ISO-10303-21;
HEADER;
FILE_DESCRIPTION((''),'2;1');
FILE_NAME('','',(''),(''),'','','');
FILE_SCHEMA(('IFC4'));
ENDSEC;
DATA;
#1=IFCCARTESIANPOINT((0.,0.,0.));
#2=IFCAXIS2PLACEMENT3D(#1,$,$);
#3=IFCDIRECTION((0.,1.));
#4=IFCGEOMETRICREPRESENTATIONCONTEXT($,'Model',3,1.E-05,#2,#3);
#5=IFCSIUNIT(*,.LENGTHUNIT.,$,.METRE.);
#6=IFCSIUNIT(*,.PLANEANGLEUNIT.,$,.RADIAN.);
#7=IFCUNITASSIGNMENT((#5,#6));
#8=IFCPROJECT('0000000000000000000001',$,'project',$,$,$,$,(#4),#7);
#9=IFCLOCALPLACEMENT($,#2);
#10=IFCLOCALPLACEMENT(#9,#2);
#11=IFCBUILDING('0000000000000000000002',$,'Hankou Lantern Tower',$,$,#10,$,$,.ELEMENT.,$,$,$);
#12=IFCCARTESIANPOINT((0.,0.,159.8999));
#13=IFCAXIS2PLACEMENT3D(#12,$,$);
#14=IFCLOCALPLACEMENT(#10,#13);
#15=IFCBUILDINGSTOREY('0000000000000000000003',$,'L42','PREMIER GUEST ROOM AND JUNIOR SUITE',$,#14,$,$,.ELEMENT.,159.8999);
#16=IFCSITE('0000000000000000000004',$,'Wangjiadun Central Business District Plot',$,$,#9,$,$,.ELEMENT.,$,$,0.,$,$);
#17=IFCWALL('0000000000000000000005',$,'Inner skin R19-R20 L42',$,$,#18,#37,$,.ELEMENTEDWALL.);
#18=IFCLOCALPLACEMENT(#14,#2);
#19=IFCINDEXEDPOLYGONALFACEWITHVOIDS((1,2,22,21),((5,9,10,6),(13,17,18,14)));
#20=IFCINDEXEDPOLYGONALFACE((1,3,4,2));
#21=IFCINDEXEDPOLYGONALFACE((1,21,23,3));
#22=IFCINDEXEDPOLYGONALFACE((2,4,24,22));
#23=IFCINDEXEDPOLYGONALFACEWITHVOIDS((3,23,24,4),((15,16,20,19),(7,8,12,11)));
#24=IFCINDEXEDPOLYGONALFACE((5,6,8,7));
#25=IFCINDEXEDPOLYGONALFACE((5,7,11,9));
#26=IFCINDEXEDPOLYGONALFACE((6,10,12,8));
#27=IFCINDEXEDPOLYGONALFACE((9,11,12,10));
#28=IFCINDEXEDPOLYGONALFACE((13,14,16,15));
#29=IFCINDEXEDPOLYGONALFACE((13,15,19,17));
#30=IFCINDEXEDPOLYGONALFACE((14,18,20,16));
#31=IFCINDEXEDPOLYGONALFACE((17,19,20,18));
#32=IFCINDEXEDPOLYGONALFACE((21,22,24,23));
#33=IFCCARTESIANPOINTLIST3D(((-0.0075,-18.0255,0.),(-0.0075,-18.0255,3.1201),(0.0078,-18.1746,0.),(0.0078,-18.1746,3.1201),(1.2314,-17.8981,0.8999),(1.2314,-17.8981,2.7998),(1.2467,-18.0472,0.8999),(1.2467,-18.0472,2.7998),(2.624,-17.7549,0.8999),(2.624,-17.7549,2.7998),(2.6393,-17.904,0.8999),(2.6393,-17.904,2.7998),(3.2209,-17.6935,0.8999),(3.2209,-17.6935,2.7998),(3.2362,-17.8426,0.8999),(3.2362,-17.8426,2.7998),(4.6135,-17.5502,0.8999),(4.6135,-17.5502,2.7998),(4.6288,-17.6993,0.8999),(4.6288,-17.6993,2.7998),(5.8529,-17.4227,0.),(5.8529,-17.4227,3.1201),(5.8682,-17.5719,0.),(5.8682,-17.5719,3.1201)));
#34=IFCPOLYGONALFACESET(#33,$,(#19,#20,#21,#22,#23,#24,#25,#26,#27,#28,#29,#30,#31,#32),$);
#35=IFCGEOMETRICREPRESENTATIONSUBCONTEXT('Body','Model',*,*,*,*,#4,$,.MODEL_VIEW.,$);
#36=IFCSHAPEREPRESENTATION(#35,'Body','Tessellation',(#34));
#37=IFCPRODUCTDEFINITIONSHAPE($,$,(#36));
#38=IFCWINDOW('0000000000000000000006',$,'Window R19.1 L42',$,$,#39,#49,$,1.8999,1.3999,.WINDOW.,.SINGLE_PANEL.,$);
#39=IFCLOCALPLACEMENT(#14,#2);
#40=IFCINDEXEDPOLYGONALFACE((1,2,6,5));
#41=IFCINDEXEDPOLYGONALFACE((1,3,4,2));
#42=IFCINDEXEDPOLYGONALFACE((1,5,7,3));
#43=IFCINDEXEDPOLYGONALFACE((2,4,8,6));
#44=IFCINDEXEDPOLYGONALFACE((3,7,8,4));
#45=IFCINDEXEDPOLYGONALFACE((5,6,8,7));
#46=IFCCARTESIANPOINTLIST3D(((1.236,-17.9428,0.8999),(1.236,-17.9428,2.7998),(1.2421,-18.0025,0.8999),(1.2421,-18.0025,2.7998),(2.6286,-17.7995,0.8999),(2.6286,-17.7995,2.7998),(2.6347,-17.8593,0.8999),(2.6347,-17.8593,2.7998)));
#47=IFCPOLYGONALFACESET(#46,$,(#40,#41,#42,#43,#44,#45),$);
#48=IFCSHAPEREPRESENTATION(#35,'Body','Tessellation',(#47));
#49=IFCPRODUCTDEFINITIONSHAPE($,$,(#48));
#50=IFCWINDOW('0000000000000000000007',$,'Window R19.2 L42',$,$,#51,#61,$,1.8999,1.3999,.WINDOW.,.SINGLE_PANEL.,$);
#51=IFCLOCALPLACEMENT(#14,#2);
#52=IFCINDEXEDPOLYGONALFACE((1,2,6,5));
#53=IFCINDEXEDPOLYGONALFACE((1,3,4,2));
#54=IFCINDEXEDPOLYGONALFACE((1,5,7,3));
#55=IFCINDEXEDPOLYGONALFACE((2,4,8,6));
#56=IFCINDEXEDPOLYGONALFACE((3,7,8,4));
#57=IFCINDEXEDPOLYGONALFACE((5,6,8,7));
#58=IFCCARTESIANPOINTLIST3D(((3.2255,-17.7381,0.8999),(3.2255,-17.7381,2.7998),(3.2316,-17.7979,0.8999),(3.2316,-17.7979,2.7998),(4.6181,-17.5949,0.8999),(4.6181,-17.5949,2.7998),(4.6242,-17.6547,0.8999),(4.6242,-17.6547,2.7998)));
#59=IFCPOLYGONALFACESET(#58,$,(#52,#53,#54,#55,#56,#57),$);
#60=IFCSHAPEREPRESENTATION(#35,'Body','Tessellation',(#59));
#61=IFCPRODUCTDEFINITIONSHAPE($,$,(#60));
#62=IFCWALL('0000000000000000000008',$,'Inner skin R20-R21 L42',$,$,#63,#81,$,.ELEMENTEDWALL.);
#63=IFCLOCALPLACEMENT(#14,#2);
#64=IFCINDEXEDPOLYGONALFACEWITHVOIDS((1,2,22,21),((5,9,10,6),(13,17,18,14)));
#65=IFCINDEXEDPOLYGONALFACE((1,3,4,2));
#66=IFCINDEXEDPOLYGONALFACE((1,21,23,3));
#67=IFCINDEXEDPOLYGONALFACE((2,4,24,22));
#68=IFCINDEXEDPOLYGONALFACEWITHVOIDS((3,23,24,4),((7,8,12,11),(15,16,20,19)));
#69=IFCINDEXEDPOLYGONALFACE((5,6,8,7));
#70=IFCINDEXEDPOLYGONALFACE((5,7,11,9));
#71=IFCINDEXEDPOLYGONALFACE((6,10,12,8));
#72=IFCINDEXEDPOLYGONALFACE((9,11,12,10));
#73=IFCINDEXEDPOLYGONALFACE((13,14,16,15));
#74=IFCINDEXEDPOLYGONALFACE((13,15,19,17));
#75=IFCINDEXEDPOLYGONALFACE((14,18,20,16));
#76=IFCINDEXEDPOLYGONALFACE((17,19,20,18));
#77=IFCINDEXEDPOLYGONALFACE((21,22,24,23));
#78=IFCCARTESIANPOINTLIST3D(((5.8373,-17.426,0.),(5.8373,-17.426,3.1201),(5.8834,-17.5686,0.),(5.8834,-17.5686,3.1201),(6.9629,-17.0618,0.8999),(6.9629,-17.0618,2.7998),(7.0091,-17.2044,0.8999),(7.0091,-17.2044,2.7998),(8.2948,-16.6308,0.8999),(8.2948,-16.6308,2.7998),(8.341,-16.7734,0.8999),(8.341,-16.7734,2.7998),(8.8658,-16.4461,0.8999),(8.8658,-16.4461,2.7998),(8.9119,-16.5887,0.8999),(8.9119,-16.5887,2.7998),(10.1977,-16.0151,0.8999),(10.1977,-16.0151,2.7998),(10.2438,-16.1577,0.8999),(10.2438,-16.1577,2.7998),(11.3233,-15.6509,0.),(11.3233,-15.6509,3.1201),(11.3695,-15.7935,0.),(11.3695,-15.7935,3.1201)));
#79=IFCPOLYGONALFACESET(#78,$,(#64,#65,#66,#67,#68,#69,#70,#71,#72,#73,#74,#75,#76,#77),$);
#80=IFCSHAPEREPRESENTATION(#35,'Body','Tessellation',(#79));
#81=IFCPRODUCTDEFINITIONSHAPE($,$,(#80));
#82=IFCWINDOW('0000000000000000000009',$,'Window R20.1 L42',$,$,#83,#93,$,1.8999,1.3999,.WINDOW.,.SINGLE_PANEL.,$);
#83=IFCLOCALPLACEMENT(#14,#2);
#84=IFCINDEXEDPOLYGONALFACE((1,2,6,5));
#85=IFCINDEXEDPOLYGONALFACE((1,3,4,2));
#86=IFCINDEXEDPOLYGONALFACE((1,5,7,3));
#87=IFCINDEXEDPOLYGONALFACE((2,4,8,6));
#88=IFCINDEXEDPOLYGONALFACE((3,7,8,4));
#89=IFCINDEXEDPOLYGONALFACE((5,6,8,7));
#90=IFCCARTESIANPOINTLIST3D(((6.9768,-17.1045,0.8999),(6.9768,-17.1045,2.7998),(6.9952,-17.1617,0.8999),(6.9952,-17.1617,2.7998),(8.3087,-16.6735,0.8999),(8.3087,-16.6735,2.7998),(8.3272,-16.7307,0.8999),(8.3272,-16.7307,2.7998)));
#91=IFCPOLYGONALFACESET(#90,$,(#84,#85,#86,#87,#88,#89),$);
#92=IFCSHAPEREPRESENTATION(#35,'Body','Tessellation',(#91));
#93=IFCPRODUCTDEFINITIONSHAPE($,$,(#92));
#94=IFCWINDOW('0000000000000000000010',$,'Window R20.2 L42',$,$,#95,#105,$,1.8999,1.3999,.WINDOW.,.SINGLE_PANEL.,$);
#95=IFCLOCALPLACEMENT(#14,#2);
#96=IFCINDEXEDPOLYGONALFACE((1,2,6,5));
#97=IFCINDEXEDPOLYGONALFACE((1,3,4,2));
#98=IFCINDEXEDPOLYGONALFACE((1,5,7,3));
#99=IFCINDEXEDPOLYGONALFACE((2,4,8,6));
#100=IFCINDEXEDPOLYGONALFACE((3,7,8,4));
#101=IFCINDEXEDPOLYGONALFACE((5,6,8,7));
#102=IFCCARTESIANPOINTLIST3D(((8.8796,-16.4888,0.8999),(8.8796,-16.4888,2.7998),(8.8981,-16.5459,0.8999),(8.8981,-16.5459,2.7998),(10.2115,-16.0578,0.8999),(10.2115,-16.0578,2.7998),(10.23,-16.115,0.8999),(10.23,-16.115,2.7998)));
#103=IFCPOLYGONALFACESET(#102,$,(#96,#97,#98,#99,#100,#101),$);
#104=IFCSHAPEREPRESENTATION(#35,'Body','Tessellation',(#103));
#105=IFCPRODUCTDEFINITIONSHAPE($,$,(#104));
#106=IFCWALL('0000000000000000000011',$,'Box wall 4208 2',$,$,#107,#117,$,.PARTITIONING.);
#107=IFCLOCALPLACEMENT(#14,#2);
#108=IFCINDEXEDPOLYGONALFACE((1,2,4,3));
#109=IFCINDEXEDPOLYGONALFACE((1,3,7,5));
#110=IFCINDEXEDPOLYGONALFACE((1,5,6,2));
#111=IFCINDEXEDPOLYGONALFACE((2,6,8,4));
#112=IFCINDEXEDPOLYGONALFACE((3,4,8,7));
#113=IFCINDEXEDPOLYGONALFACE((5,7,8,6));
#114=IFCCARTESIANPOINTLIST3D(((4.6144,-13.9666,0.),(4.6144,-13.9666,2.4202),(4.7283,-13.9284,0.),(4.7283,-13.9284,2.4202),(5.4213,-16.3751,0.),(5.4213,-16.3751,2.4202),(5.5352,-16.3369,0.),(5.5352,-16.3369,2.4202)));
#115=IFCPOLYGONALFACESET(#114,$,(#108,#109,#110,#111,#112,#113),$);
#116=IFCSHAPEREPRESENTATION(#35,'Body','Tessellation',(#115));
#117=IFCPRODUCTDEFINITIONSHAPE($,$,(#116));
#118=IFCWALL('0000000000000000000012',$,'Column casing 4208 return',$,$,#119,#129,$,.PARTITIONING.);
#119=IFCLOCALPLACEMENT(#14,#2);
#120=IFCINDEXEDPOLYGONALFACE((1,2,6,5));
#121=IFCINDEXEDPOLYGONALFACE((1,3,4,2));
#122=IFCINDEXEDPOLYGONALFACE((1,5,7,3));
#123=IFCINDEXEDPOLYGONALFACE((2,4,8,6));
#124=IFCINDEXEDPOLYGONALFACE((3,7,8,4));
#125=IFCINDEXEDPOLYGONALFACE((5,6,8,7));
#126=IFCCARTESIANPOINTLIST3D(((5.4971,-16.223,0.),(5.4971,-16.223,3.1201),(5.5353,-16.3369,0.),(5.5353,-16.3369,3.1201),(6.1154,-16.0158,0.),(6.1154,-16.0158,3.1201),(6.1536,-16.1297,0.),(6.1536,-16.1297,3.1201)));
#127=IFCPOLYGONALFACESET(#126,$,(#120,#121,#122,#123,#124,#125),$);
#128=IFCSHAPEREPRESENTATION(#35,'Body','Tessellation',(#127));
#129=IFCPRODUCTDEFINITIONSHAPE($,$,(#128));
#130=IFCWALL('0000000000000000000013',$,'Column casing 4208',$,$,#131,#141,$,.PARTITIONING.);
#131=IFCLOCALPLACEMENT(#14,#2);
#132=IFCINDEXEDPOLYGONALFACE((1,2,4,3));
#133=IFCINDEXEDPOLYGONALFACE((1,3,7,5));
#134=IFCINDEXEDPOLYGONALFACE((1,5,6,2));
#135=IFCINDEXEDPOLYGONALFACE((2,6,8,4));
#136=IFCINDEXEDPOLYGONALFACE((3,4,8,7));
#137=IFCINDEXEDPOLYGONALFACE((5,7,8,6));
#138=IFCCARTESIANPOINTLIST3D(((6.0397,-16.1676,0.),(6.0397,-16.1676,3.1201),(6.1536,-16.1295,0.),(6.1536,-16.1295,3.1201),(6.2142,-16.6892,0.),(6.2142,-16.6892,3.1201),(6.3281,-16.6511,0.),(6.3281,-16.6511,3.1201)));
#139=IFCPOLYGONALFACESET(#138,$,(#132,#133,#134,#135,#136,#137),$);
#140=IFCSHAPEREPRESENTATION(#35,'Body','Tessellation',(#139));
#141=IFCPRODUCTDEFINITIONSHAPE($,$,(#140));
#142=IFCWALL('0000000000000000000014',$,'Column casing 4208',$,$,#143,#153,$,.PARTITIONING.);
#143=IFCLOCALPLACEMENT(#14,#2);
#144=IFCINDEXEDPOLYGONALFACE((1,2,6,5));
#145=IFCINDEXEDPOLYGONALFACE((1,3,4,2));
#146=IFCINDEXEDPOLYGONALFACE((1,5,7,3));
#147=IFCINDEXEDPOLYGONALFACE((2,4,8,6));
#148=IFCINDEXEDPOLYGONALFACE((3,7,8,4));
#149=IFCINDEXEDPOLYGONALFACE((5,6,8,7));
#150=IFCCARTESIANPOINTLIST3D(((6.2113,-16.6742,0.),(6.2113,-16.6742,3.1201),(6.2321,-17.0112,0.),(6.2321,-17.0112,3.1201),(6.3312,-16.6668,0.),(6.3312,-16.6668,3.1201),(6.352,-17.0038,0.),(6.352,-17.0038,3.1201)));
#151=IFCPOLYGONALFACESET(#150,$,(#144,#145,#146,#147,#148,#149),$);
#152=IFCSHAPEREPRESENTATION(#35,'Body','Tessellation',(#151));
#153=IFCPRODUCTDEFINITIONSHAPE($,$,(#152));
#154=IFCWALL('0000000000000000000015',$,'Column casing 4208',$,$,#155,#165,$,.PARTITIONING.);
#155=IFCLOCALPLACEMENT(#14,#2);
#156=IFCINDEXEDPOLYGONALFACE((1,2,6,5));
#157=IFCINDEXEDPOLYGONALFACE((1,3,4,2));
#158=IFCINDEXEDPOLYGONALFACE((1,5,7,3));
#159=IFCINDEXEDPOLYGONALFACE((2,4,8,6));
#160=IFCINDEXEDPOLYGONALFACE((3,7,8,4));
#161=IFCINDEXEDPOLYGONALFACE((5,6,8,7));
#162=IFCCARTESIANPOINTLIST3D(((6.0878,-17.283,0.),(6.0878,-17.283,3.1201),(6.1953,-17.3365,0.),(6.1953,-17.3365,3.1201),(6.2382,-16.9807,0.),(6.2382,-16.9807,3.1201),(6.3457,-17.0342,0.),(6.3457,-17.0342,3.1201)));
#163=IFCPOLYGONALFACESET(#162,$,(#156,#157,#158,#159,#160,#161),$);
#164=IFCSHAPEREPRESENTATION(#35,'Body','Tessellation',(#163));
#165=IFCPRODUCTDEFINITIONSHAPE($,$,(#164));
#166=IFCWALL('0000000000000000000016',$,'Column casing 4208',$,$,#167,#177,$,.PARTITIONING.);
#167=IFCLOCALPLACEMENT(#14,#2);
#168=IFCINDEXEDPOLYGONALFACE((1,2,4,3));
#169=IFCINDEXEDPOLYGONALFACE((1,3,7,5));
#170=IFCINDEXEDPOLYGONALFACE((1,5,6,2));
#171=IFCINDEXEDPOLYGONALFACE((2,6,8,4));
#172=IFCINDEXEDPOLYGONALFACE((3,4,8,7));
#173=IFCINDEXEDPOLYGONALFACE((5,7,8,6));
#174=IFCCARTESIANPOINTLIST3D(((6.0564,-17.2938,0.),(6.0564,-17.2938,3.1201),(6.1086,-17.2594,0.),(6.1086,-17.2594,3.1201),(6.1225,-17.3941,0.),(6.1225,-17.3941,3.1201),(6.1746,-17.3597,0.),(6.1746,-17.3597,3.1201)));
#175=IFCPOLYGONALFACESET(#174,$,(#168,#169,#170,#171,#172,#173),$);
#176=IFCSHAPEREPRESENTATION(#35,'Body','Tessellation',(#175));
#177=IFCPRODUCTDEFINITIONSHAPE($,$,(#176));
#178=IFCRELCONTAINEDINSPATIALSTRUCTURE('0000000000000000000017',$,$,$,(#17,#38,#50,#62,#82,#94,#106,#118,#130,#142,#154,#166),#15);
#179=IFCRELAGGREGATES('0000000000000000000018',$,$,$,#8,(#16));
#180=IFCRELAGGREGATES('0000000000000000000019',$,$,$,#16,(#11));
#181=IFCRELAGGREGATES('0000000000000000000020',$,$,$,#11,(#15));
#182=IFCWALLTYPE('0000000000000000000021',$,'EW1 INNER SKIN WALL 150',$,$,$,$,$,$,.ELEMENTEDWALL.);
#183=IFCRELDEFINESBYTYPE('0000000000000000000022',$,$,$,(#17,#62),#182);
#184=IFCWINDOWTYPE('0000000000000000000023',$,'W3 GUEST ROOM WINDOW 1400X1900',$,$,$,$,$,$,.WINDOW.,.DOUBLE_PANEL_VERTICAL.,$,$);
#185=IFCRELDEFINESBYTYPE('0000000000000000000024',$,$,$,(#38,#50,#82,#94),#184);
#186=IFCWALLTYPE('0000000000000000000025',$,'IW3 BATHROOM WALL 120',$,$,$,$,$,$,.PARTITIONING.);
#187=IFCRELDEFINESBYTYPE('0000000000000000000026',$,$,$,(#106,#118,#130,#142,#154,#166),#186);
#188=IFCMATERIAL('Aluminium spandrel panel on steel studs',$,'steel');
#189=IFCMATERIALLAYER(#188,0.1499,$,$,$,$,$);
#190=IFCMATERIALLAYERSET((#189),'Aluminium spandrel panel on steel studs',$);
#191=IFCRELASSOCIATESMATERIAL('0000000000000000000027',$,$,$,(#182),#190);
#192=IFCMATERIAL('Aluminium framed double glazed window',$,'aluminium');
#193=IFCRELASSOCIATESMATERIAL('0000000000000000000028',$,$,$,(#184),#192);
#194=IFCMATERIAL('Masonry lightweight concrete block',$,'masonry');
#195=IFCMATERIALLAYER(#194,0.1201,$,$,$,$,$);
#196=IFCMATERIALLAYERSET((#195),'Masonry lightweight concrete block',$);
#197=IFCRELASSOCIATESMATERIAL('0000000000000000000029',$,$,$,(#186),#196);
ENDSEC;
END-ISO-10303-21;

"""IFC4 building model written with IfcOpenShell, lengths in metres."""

from ifc_helpers import new_model, si_unit, direction, frame, frame_2d, origin, place, context, subcontext, project, spatial, rectangle, extrude, material, layer, layer_set, type_object, element, fill, save


model = new_model("IFC4")

# Units and contexts
model_context = context("Model", 3, precision=1e-05, world=origin(), true_north=direction((0.0, 1.0)))
body_context = subcontext(model_context, "Body", "Model", "MODEL_VIEW")
ifc_project = project(units=[si_unit("LENGTHUNIT", "METRE"), si_unit("PLANEANGLEUNIT", "RADIAN")], contexts=[model_context])

# Site, building, storey
site_placement = place(None, origin())
site = spatial("IfcSite", under=ifc_project, at=site_placement, Name="Wangjiadun Central Business District Plot", CompositionType="ELEMENT", RefElevation=0.0)
building_placement = place(site_placement, origin())
building = spatial("IfcBuilding", under=site, at=building_placement, Name="Hankou Lantern Tower", CompositionType="ELEMENT")
storey_placement = place(building_placement, frame((0.0, 0.0, 159.8999)))
storey = spatial("IfcBuildingStorey", under=building, at=storey_placement, Name="L42", Description="PREMIER GUEST ROOM AND JUNIOR SUITE", CompositionType="ELEMENT", Elevation=159.8999)

# Walls, openings, windows
ifc_material_1 = material(Name="Aluminium spandrel panel on steel studs", Category="steel")
ifc_layer_1 = layer(ifc_material_1, 0.1499)
ifc_layer_set_1 = layer_set([ifc_layer_1], Name="Aluminium spandrel panel on steel studs")
wall_type_1 = type_object("IfcWallType", Name="EW1 INNER SKIN WALL 150", PredefinedType="ELEMENTEDWALL", material=ifc_layer_set_1)
wall_1_placement = place(storey_placement, frame((0.0, -18.1001, 0.0), z_axis=(0.0, 0.0, 1.0), x_axis=(0.994752, 0.102318, 0.0)))
wall_1 = element("IfcWall", 1, at=wall_1_placement, inside=storey, type_object=wall_type_1, Name="Inner skin R19-R20 L42", PredefinedType="ELEMENTEDWALL", context=body_context, shape_type="SweptSolid", body=[
    extrude(rectangle(XDim=5.8914, YDim=0.1499, at=frame_2d((2.9458, 0.0))), origin(), (0.0, 0.0, 1.0), 3.1201),
])
opening_1_placement = place(wall_1_placement, frame((1.2456, 0.0, 0.8999)))
opening_1 = element("IfcOpeningElement", 2, at=opening_1_placement, cuts=wall_1, PredefinedType="OPENING", context=body_context, shape_type="SweptSolid", body=[
    extrude(rectangle(XDim=1.3999, YDim=1.8999, at=frame_2d((0.7, 0.95))), frame((0.0, 0.085, 0.0), z_axis=(0.0, -1.0, 0.0), x_axis=(1.0, 0.0, 0.0)), (0.0, 0.0, 1.0), 0.1699),
])
opening_2_placement = place(wall_1_placement, frame((3.2456, 0.0, 0.8999)))
opening_2 = element("IfcOpeningElement", 3, at=opening_2_placement, cuts=wall_1, PredefinedType="OPENING", context=body_context, shape_type="SweptSolid", body=[
    extrude(rectangle(XDim=1.3999, YDim=1.8999, at=frame_2d((0.7, 0.95))), frame((0.0, 0.085, 0.0), z_axis=(0.0, -1.0, 0.0), x_axis=(1.0, 0.0, 0.0)), (0.0, 0.0, 1.0), 0.1699),
])
ifc_material_2 = material(Name="Aluminium framed double glazed window", Category="aluminium")
window_type = type_object("IfcWindowType", Name="W3 GUEST ROOM WINDOW 1400X1900", PartitioningType="DOUBLE_PANEL_VERTICAL", PredefinedType="WINDOW", material=ifc_material_2)
window_1_placement = place(opening_1_placement, origin())
window_1 = element("IfcWindow", 4, at=window_1_placement, inside=storey, type_object=window_type, Name="Window R19.1 L42", OverallHeight=1.8999, OverallWidth=1.3999, PartitioningType="SINGLE_PANEL", PredefinedType="WINDOW", context=body_context, shape_type="SweptSolid", body=[
    extrude(rectangle(XDim=1.3999, YDim=1.8999, at=frame_2d((0.7, 0.95))), frame((0.0, 0.03, 0.0), z_axis=(0.0, -1.0, 0.0), x_axis=(1.0, 0.0, 0.0)), (0.0, 0.0, 1.0), 0.0601),
])
fill(opening_1, window_1)
window_2_placement = place(opening_2_placement, origin())
window_2 = element("IfcWindow", 5, at=window_2_placement, inside=storey, type_object=window_type, Name="Window R19.2 L42", OverallHeight=1.8999, OverallWidth=1.3999, PartitioningType="SINGLE_PANEL", PredefinedType="WINDOW", context=body_context, shape_type="SweptSolid", body=[
    extrude(rectangle(XDim=1.3999, YDim=1.8999, at=frame_2d((0.7, 0.95))), frame((0.0, 0.03, 0.0), z_axis=(0.0, -1.0, 0.0), x_axis=(1.0, 0.0, 0.0)), (0.0, 0.0, 1.0), 0.0601),
])
fill(opening_2, window_2)
wall_2_placement = place(storey_placement, frame((5.8604, -17.4973, 0.0), z_axis=(0.0, 0.0, 1.0), x_axis=(0.951432, 0.307857, 0.0)))
wall_2 = element("IfcWall", 6, at=wall_2_placement, inside=storey, type_object=wall_type_1, Name="Inner skin R20-R21 L42", PredefinedType="ELEMENTEDWALL", context=body_context, shape_type="SweptSolid", body=[
    extrude(rectangle(XDim=5.7661, YDim=0.1499, at=frame_2d((2.8831, 0.0))), origin(), (0.0, 0.0, 1.0), 3.1201),
])
opening_3_placement = place(wall_2_placement, frame((1.1831, 0.0, 0.8999)))
opening_3 = element("IfcOpeningElement", 7, at=opening_3_placement, cuts=wall_2, PredefinedType="OPENING", context=body_context, shape_type="SweptSolid", body=[
    extrude(rectangle(XDim=1.3999, YDim=1.8999, at=frame_2d((0.7, 0.95))), frame((0.0, 0.085, 0.0), z_axis=(0.0, -1.0, 0.0), x_axis=(1.0, 0.0, 0.0)), (0.0, 0.0, 1.0), 0.1699),
])
opening_4_placement = place(wall_2_placement, frame((3.1831, 0.0, 0.8999)))
opening_4 = element("IfcOpeningElement", 8, at=opening_4_placement, cuts=wall_2, PredefinedType="OPENING", context=body_context, shape_type="SweptSolid", body=[
    extrude(rectangle(XDim=1.3999, YDim=1.8999, at=frame_2d((0.7, 0.95))), frame((0.0, 0.085, 0.0), z_axis=(0.0, -1.0, 0.0), x_axis=(1.0, 0.0, 0.0)), (0.0, 0.0, 1.0), 0.1699),
])
window_3_placement = place(opening_3_placement, origin())
window_3 = element("IfcWindow", 9, at=window_3_placement, inside=storey, type_object=window_type, Name="Window R20.1 L42", OverallHeight=1.8999, OverallWidth=1.3999, PartitioningType="SINGLE_PANEL", PredefinedType="WINDOW", context=body_context, shape_type="SweptSolid", body=[
    extrude(rectangle(XDim=1.3999, YDim=1.8999, at=frame_2d((0.7, 0.95))), frame((0.0, 0.03, 0.0), z_axis=(0.0, -1.0, 0.0), x_axis=(1.0, 0.0, 0.0)), (0.0, 0.0, 1.0), 0.0601),
])
fill(opening_3, window_3)
window_4_placement = place(opening_4_placement, origin())
window_4 = element("IfcWindow", 10, at=window_4_placement, inside=storey, type_object=window_type, Name="Window R20.2 L42", OverallHeight=1.8999, OverallWidth=1.3999, PartitioningType="SINGLE_PANEL", PredefinedType="WINDOW", context=body_context, shape_type="SweptSolid", body=[
    extrude(rectangle(XDim=1.3999, YDim=1.8999, at=frame_2d((0.7, 0.95))), frame((0.0, 0.03, 0.0), z_axis=(0.0, -1.0, 0.0), x_axis=(1.0, 0.0, 0.0)), (0.0, 0.0, 1.0), 0.0601),
])
fill(opening_4, window_4)

# Walls
ifc_material_3 = material(Name="Masonry lightweight concrete block", Category="masonry")
ifc_layer_2 = layer(ifc_material_3, 0.1201)
ifc_layer_set_2 = layer_set([ifc_layer_2], Name="Masonry lightweight concrete block")
wall_type_2 = type_object("IfcWallType", Name="IW3 BATHROOM WALL 120", PredefinedType="PARTITIONING", material=ifc_layer_set_2)
wall_3_placement = place(storey_placement, frame((4.6714, -13.9475, 0.0), z_axis=(0.0, 0.0, 1.0), x_axis=(0.317669, -0.948202, 0.0)))
element("IfcWall", 11, at=wall_3_placement, inside=storey, type_object=wall_type_2, Name="Box wall 4208 2", PredefinedType="PARTITIONING", context=body_context, shape_type="SweptSolid", body=[
    extrude(rectangle(XDim=2.54, YDim=0.1201, at=frame_2d((1.27, 0.0))), origin(), (0.0, 0.0, 1.0), 2.4202),
])
wall_4_placement = place(storey_placement, frame((5.5161, -16.28, 0.0), z_axis=(0.0, 0.0, 1.0), x_axis=(0.948158, 0.317799, 0.0)))
element("IfcWall", 12, at=wall_4_placement, inside=storey, type_object=wall_type_2, Name="Column casing 4208 return", PredefinedType="PARTITIONING", context=body_context, shape_type="SweptSolid", body=[
    extrude(rectangle(XDim=0.6521, YDim=0.1201, at=frame_2d((0.3262, 0.0))), origin(), (0.0, 0.0, 1.0), 3.1201),
])
wall_5_placement = place(storey_placement, frame((6.0967, -16.1487, 0.0), z_axis=(0.0, 0.0, 1.0), x_axis=(0.317293, -0.948328, 0.0)))
element("IfcWall", 13, at=wall_5_placement, inside=storey, type_object=wall_type_2, Name="Column casing 4208", PredefinedType="PARTITIONING", context=body_context, shape_type="SweptSolid", body=[
    extrude(rectangle(XDim=0.55, YDim=0.1201, at=frame_2d((0.2749, 0.0))), origin(), (0.0, 0.0, 1.0), 3.1201),
])
for number, where, z_axis, x_axis, name in (
    (14, (6.2712, -16.6704, 0.0), (0.0, 0.0, 1.0), (0.061478, -0.998108, 0.0), "Column casing 4208"),
    (15, (6.292, -17.0073, 0.0), (0.0, 0.0, 1.0), (-0.445477, -0.895293, 0.0), "Column casing 4208"),
):
    element("IfcWall", number, at=place(storey_placement, frame(where, z_axis=z_axis, x_axis=x_axis)), inside=storey, type_object=wall_type_2, Name=name, PredefinedType="PARTITIONING", context=body_context, shape_type="SweptSolid", body=[
        extrude(rectangle(XDim=0.3376, YDim=0.1201, at=frame_2d((0.1689, 0.0))), origin(), (0.0, 0.0, 1.0), 3.1201),
    ])
wall_6_placement = place(storey_placement, frame((6.1416, -17.3096, 0.0), z_axis=(0.0, 0.0, 1.0), x_axis=(-0.83504, -0.55019, 0.0)))
element("IfcWall", 16, at=wall_6_placement, inside=storey, type_object=wall_type_2, Name="Column casing 4208", PredefinedType="PARTITIONING", context=body_context, shape_type="SweptSolid", body=[
    extrude(rectangle(XDim=0.0625, YDim=0.1201, at=frame_2d((0.0312, 0.0))), origin(), (0.0, 0.0, 1.0), 3.1201),
])

save(model, "model.ifc")
